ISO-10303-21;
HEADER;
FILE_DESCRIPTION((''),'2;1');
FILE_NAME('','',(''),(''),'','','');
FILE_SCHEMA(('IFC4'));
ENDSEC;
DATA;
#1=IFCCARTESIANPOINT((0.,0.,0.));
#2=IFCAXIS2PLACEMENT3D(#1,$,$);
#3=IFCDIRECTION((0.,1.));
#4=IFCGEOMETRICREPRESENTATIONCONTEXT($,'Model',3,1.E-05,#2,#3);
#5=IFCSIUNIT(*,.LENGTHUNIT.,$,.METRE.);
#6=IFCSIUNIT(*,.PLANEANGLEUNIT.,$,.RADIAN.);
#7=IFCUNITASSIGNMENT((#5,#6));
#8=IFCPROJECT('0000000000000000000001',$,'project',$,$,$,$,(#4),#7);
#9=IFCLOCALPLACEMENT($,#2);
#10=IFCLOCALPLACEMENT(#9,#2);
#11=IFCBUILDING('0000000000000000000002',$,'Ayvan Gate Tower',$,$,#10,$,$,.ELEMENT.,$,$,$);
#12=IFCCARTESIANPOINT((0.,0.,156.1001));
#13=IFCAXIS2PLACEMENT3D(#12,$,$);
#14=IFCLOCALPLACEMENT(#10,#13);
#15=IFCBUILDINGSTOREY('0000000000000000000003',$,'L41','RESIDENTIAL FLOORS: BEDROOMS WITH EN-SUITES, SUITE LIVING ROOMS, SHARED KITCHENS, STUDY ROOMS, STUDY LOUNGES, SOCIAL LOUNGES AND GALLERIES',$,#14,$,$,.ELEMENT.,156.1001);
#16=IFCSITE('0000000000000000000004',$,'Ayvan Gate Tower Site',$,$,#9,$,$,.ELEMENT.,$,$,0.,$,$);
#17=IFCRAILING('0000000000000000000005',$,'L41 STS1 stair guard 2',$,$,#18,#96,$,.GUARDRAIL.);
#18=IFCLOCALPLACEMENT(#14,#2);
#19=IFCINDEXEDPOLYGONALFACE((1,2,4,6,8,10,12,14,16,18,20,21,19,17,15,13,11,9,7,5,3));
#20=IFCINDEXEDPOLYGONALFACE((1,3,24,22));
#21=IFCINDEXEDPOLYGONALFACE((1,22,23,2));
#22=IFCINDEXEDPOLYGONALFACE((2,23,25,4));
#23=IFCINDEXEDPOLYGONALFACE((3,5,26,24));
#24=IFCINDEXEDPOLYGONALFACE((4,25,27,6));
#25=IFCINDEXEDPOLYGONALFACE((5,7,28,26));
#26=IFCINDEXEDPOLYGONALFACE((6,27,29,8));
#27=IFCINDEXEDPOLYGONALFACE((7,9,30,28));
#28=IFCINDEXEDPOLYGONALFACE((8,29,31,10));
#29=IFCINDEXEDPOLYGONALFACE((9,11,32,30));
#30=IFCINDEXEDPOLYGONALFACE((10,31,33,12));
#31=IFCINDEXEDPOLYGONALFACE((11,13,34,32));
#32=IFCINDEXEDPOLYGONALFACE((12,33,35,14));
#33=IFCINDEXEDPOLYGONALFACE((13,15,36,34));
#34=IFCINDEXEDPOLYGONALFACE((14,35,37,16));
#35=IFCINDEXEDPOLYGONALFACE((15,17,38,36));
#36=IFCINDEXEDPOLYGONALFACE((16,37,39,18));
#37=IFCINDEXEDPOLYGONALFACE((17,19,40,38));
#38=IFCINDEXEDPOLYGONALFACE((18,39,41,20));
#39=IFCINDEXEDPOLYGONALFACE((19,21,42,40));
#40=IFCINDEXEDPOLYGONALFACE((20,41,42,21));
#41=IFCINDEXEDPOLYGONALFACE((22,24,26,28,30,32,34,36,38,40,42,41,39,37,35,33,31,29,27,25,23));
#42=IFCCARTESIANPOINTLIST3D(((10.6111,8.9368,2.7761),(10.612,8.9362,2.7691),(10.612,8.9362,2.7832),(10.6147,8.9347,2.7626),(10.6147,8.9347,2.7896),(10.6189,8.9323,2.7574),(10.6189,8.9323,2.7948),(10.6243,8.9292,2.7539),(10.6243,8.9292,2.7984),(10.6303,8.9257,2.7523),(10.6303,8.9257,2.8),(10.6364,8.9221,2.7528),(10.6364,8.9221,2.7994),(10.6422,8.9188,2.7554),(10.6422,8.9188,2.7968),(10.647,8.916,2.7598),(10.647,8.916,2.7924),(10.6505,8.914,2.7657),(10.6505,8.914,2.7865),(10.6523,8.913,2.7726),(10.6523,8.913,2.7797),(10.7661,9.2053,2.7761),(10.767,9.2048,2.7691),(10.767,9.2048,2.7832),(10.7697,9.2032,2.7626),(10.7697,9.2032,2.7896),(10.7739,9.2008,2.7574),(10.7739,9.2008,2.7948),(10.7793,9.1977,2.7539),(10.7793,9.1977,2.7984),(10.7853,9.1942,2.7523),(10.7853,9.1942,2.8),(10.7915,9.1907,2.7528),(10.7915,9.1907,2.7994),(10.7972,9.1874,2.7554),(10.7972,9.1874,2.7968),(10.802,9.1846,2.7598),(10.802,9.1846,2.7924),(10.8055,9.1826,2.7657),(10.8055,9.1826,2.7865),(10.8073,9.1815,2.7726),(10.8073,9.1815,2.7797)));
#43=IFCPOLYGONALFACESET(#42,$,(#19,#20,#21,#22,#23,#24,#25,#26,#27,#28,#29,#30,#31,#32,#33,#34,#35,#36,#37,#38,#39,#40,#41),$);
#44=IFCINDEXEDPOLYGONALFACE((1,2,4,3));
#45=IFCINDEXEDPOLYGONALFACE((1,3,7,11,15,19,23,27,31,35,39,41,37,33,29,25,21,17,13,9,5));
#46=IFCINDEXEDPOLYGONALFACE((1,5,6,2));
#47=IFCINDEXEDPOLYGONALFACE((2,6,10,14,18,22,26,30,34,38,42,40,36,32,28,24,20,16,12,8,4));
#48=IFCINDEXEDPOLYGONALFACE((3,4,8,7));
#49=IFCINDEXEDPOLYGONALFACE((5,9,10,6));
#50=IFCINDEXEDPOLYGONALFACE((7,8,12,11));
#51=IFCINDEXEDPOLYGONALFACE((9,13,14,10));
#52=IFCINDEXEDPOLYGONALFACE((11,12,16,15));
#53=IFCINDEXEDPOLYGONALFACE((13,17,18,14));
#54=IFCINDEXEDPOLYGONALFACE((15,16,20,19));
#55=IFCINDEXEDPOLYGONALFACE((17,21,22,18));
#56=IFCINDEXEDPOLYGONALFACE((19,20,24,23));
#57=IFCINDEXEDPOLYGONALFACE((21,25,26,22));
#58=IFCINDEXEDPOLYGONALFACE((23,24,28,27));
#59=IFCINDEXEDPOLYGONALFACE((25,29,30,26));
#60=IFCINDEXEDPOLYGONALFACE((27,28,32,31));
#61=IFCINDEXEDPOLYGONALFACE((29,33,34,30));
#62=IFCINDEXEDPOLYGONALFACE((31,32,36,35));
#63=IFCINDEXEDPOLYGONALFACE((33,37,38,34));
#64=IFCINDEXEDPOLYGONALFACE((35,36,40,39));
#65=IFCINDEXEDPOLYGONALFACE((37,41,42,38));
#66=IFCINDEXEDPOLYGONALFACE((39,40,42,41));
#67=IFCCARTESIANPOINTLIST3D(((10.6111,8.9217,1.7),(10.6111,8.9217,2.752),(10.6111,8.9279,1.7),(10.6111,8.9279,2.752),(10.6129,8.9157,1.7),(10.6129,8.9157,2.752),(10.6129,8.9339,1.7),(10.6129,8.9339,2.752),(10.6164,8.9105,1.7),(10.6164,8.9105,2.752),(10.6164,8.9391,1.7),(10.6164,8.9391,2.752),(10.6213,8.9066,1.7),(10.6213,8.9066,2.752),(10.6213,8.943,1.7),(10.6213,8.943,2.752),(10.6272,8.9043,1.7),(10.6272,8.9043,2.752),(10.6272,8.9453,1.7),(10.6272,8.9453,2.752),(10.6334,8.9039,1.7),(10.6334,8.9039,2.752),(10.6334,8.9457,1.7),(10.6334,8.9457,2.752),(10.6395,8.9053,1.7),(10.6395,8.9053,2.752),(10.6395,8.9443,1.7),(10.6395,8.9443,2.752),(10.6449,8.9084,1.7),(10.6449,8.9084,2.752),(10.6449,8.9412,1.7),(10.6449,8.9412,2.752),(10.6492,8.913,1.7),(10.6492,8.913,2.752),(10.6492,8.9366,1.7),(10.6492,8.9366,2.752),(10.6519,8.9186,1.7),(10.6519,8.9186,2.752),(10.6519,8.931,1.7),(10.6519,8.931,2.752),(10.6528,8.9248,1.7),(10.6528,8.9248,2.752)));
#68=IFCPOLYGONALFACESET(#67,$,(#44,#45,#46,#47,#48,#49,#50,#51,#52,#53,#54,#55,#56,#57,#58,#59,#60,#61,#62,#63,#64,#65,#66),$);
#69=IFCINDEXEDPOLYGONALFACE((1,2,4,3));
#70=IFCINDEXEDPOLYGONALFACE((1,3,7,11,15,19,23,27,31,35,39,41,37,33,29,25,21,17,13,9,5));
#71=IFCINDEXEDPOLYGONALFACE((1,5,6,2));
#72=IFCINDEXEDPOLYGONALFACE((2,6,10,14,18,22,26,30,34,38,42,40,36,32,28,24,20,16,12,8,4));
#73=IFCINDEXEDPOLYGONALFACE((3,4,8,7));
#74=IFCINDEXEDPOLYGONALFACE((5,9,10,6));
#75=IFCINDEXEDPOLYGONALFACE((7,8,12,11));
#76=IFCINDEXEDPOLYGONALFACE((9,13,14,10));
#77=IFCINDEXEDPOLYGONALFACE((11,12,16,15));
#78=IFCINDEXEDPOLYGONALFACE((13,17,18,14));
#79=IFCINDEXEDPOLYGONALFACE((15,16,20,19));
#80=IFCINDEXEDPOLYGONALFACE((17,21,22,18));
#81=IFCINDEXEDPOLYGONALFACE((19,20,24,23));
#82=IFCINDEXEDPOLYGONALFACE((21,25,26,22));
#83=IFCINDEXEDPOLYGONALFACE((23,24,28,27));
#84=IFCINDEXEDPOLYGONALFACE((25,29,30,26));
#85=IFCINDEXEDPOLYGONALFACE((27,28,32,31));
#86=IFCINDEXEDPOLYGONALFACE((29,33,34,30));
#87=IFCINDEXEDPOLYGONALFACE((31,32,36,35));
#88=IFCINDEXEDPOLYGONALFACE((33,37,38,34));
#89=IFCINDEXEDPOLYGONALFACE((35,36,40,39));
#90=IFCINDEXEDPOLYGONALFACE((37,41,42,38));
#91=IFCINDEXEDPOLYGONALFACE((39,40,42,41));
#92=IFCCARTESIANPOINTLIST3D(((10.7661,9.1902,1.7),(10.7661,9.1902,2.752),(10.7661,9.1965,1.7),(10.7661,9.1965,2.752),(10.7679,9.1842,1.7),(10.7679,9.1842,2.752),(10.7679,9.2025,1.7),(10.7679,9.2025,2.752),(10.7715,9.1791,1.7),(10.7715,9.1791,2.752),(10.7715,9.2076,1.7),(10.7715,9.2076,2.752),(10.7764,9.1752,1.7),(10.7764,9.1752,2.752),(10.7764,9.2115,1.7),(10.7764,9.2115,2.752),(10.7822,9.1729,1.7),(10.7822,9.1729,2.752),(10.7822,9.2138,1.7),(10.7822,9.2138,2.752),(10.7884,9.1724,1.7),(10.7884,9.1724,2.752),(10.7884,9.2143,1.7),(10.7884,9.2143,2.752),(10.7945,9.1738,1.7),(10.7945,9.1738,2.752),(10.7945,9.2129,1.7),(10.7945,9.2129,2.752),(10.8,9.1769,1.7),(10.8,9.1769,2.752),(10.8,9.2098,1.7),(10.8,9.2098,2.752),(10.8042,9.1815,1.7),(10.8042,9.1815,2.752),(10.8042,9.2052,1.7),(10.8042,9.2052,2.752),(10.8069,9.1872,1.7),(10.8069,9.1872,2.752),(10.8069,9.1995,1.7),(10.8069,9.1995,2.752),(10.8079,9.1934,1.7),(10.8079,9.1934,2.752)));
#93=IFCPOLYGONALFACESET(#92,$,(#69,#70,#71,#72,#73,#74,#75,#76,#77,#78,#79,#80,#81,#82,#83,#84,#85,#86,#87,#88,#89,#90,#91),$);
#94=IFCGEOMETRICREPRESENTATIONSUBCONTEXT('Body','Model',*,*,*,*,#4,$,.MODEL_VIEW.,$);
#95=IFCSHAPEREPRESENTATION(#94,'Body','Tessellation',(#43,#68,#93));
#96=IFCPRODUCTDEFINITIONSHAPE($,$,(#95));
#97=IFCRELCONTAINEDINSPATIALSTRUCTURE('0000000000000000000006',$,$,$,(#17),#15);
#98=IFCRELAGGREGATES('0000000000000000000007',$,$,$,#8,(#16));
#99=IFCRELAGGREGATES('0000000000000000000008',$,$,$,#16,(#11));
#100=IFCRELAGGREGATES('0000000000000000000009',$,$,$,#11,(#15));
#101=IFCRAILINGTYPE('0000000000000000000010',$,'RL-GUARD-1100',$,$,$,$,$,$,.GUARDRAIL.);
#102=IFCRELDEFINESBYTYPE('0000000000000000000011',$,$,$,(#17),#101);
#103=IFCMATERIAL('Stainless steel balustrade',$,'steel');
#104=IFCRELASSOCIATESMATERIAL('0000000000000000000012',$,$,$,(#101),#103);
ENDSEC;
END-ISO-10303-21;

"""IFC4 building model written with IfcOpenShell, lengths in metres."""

from ifc_helpers import new_model, si_unit, direction, frame, origin, origin_2d, place, context, subcontext, project, spatial, circle, extrude, material, type_object, element, save


model = new_model("IFC4")

# Units and contexts
model_context = context("Model", 3, precision=1e-05, world=origin(), true_north=direction((0.0, 1.0)))
body_context = subcontext(model_context, "Body", "Model", "MODEL_VIEW")
ifc_project = project(units=[si_unit("LENGTHUNIT", "METRE"), si_unit("PLANEANGLEUNIT", "RADIAN")], contexts=[model_context])

# Site, building, storey
site_placement = place(None, origin())
site = spatial("IfcSite", under=ifc_project, at=site_placement, Name="Ayvan Gate Tower Site", CompositionType="ELEMENT", RefElevation=0.0)
building_placement = place(site_placement, origin())
building = spatial("IfcBuilding", under=site, at=building_placement, Name="Ayvan Gate Tower", CompositionType="ELEMENT")
storey_placement = place(building_placement, frame((0.0, 0.0, 156.1001)))
storey = spatial("IfcBuildingStorey", under=building, at=storey_placement, Name="L41", Description="RESIDENTIAL FLOORS: BEDROOMS WITH EN-SUITES, SUITE LIVING ROOMS, SHARED KITCHENS, STUDY ROOMS, STUDY LOUNGES, SOCIAL LOUNGES AND GALLERIES", CompositionType="ELEMENT", Elevation=156.1001)

# Railing
ifc_material_1 = material(Name="Stainless steel balustrade", Category="steel")
railing_type_1 = type_object("IfcRailingType", Name="RL-GUARD-1100", PredefinedType="GUARDRAIL", material=ifc_material_1)
railing_1_placement = place(storey_placement, frame((10.6318, 8.9248, 1.7)))
element("IfcRailing", 1, at=railing_1_placement, inside=storey, type_object=railing_type_1, Name="L41 STS1 stair guard 2", PredefinedType="GUARDRAIL", context=body_context, shape_type="SweptSolid", body=[
    extrude(circle(Radius=0.0239, at=origin_2d()), frame((0.0, 0.0, 1.0762), z_axis=(0.49995, 0.866054, 0.0), x_axis=(-0.866054, 0.49995, 0.0)), (0.0, 0.0, 1.0), 0.3101),
    extrude(circle(Radius=0.021, at=origin_2d()), origin(), (0.0, 0.0, 1.0), 1.052),
    extrude(circle(Radius=0.021, at=origin_2d()), frame((0.155, 0.2686, 0.0)), (0.0, 0.0, 1.0), 1.052),
])

save(model, "model.ifc")
